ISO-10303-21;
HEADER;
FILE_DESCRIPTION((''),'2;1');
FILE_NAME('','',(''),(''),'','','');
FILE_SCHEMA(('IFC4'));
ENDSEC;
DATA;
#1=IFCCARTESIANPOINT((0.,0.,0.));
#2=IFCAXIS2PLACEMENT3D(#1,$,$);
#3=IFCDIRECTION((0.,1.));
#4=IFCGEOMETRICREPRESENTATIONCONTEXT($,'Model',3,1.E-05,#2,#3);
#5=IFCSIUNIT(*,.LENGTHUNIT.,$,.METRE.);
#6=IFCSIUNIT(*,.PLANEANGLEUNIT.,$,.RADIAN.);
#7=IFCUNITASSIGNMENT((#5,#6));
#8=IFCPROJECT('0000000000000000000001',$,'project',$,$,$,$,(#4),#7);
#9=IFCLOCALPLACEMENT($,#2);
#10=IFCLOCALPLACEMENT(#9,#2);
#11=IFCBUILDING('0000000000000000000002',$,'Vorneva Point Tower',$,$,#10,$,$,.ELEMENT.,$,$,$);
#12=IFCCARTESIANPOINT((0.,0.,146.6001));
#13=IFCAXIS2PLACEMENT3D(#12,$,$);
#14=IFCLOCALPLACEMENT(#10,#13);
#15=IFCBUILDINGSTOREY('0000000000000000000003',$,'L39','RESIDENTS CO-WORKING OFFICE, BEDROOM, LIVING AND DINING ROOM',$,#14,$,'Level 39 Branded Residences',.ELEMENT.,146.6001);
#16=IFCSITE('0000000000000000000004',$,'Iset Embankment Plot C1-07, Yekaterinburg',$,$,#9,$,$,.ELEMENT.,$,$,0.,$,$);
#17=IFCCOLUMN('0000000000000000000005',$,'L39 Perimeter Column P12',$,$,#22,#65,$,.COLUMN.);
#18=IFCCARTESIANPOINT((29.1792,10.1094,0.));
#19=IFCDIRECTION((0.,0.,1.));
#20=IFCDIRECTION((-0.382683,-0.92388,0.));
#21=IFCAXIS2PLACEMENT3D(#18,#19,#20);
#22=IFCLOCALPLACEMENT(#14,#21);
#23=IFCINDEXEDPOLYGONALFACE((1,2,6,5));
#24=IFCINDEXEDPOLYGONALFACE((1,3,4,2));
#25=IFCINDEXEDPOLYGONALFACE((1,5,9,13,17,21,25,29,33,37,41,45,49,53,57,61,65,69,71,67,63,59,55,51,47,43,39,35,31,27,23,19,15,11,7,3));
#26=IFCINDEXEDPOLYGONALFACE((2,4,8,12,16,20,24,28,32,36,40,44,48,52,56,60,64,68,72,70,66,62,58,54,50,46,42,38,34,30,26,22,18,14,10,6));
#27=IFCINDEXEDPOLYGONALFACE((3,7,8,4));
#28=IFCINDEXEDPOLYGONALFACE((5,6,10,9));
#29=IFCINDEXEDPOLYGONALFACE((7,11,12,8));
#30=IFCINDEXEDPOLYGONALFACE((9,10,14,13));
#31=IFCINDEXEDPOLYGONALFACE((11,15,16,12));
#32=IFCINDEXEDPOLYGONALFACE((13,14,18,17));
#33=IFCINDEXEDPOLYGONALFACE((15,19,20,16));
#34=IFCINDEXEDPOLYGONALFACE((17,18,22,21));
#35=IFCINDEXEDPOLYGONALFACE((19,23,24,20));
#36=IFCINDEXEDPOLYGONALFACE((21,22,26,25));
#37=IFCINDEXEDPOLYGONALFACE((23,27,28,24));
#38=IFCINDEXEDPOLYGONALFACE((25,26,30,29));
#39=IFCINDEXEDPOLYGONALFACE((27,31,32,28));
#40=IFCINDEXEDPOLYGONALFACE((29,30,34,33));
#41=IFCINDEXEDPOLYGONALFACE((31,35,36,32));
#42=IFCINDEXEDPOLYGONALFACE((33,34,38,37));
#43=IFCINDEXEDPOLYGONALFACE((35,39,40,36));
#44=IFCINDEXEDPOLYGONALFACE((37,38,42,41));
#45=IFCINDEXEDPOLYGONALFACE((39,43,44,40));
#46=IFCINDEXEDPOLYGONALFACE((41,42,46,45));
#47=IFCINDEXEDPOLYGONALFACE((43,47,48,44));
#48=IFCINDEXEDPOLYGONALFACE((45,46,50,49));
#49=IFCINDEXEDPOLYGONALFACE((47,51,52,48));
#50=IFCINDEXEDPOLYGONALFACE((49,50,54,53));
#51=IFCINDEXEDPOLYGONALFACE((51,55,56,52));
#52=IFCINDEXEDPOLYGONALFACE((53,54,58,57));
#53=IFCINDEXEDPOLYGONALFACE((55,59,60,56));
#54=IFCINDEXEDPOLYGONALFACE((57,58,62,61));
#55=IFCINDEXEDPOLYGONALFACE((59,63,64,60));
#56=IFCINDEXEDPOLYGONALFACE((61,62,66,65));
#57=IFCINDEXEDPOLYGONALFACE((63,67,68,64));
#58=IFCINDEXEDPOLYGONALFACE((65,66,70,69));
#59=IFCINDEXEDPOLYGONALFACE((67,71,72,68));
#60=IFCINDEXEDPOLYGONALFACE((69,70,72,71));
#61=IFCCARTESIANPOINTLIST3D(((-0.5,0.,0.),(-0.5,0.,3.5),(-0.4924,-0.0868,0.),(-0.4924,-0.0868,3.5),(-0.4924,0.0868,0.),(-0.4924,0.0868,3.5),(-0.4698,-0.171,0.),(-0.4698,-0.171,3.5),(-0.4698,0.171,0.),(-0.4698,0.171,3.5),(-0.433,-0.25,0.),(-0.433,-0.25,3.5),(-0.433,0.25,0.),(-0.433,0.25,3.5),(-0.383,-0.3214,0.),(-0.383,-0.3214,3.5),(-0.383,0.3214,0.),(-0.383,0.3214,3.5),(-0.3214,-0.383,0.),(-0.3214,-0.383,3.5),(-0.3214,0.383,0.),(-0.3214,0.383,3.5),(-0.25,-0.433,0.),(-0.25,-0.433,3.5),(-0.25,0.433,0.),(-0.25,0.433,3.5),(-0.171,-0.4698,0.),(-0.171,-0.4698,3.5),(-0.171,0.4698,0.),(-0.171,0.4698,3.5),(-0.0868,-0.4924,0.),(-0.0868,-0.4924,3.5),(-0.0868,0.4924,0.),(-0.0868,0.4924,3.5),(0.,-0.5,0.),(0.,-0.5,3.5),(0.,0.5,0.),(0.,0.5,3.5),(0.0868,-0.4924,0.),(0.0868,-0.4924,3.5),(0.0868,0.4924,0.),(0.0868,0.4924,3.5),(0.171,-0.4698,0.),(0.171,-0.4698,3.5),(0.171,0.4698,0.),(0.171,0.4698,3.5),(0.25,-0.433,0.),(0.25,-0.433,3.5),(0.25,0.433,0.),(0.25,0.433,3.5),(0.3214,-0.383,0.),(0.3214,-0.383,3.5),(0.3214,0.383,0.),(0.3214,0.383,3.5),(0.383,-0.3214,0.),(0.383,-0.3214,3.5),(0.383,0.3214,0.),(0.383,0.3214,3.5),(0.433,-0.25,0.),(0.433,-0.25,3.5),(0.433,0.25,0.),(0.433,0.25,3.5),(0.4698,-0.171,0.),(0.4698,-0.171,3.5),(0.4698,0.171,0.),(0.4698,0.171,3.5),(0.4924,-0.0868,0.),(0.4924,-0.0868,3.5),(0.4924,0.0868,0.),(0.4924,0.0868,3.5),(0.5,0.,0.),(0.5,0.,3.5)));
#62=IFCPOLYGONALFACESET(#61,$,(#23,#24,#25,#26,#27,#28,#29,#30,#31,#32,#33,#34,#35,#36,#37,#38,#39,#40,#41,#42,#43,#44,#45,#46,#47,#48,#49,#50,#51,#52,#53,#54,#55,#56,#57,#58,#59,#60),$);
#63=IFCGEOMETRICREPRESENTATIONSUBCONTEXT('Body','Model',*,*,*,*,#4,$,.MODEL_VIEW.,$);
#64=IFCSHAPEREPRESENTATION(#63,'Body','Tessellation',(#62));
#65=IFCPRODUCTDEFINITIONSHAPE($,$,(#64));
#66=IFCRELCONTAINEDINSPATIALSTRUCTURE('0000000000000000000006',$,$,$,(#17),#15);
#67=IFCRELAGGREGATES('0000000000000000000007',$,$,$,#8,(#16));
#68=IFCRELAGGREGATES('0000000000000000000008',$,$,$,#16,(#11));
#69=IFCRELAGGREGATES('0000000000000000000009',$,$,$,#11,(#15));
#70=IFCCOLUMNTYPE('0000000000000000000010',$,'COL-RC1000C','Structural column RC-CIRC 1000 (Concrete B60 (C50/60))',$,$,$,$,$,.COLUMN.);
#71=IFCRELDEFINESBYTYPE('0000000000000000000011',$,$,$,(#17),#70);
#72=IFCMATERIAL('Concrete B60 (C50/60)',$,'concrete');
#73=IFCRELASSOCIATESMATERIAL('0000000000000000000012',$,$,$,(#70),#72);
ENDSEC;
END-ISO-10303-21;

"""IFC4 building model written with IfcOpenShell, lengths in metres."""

from ifc_helpers import new_model, si_unit, direction, frame, origin, origin_2d, place, context, subcontext, project, spatial, circle, extrude, material, material_profile, profile_set, type_object, element, save


model = new_model("IFC4")

# Units and contexts
model_context = context("Model", 3, precision=1e-05, world=origin(), true_north=direction((0.0, 1.0)))
body_context = subcontext(model_context, "Body", "Model", "MODEL_VIEW")
ifc_project = project(units=[si_unit("LENGTHUNIT", "METRE"), si_unit("PLANEANGLEUNIT", "RADIAN")], contexts=[model_context])

# Site, building, storey
site_placement = place(None, origin())
site = spatial("IfcSite", under=ifc_project, at=site_placement, Name="Iset Embankment Plot C1-07, Yekaterinburg", CompositionType="ELEMENT", RefElevation=0.0)
building_placement = place(site_placement, origin())
building = spatial("IfcBuilding", under=site, at=building_placement, Name="Vorneva Point Tower", CompositionType="ELEMENT")
storey_placement = place(building_placement, frame((0.0, 0.0, 146.6001)))
storey = spatial("IfcBuildingStorey", under=building, at=storey_placement, Name="L39", Description="RESIDENTS CO-WORKING OFFICE, BEDROOM, LIVING AND DINING ROOM", LongName="Level 39 Branded Residences", CompositionType="ELEMENT", Elevation=146.6001)

# Column
ifc_material_1 = material(Name="Concrete B60 (C50/60)", Category="concrete")
ifc_material_profile_1 = material_profile(ifc_material_1, circle(Radius=0.5, at=origin_2d()), Name="RC-CIRC 1000")
ifc_profile_set_1 = profile_set([ifc_material_profile_1], Name="Concrete B60 (C50/60)")
column_type_1 = type_object("IfcColumnType", Name="COL-RC1000C", Description="Structural column RC-CIRC 1000 (Concrete B60 (C50/60))", PredefinedType="COLUMN", material=ifc_profile_set_1)
column_1_placement = place(storey_placement, frame((29.1792, 10.1094, 0.0), z_axis=(0.0, 0.0, 1.0), x_axis=(-0.382683, -0.92388, 0.0)))
element("IfcColumn", 1, at=column_1_placement, inside=storey, type_object=column_type_1, Name="L39 Perimeter Column P12", PredefinedType="COLUMN", context=body_context, shape_type="SweptSolid", body=[
    extrude(circle(Radius=0.5, at=origin_2d()), origin(), (0.0, 0.0, 1.0), 3.5),
])

save(model, "model.ifc")
